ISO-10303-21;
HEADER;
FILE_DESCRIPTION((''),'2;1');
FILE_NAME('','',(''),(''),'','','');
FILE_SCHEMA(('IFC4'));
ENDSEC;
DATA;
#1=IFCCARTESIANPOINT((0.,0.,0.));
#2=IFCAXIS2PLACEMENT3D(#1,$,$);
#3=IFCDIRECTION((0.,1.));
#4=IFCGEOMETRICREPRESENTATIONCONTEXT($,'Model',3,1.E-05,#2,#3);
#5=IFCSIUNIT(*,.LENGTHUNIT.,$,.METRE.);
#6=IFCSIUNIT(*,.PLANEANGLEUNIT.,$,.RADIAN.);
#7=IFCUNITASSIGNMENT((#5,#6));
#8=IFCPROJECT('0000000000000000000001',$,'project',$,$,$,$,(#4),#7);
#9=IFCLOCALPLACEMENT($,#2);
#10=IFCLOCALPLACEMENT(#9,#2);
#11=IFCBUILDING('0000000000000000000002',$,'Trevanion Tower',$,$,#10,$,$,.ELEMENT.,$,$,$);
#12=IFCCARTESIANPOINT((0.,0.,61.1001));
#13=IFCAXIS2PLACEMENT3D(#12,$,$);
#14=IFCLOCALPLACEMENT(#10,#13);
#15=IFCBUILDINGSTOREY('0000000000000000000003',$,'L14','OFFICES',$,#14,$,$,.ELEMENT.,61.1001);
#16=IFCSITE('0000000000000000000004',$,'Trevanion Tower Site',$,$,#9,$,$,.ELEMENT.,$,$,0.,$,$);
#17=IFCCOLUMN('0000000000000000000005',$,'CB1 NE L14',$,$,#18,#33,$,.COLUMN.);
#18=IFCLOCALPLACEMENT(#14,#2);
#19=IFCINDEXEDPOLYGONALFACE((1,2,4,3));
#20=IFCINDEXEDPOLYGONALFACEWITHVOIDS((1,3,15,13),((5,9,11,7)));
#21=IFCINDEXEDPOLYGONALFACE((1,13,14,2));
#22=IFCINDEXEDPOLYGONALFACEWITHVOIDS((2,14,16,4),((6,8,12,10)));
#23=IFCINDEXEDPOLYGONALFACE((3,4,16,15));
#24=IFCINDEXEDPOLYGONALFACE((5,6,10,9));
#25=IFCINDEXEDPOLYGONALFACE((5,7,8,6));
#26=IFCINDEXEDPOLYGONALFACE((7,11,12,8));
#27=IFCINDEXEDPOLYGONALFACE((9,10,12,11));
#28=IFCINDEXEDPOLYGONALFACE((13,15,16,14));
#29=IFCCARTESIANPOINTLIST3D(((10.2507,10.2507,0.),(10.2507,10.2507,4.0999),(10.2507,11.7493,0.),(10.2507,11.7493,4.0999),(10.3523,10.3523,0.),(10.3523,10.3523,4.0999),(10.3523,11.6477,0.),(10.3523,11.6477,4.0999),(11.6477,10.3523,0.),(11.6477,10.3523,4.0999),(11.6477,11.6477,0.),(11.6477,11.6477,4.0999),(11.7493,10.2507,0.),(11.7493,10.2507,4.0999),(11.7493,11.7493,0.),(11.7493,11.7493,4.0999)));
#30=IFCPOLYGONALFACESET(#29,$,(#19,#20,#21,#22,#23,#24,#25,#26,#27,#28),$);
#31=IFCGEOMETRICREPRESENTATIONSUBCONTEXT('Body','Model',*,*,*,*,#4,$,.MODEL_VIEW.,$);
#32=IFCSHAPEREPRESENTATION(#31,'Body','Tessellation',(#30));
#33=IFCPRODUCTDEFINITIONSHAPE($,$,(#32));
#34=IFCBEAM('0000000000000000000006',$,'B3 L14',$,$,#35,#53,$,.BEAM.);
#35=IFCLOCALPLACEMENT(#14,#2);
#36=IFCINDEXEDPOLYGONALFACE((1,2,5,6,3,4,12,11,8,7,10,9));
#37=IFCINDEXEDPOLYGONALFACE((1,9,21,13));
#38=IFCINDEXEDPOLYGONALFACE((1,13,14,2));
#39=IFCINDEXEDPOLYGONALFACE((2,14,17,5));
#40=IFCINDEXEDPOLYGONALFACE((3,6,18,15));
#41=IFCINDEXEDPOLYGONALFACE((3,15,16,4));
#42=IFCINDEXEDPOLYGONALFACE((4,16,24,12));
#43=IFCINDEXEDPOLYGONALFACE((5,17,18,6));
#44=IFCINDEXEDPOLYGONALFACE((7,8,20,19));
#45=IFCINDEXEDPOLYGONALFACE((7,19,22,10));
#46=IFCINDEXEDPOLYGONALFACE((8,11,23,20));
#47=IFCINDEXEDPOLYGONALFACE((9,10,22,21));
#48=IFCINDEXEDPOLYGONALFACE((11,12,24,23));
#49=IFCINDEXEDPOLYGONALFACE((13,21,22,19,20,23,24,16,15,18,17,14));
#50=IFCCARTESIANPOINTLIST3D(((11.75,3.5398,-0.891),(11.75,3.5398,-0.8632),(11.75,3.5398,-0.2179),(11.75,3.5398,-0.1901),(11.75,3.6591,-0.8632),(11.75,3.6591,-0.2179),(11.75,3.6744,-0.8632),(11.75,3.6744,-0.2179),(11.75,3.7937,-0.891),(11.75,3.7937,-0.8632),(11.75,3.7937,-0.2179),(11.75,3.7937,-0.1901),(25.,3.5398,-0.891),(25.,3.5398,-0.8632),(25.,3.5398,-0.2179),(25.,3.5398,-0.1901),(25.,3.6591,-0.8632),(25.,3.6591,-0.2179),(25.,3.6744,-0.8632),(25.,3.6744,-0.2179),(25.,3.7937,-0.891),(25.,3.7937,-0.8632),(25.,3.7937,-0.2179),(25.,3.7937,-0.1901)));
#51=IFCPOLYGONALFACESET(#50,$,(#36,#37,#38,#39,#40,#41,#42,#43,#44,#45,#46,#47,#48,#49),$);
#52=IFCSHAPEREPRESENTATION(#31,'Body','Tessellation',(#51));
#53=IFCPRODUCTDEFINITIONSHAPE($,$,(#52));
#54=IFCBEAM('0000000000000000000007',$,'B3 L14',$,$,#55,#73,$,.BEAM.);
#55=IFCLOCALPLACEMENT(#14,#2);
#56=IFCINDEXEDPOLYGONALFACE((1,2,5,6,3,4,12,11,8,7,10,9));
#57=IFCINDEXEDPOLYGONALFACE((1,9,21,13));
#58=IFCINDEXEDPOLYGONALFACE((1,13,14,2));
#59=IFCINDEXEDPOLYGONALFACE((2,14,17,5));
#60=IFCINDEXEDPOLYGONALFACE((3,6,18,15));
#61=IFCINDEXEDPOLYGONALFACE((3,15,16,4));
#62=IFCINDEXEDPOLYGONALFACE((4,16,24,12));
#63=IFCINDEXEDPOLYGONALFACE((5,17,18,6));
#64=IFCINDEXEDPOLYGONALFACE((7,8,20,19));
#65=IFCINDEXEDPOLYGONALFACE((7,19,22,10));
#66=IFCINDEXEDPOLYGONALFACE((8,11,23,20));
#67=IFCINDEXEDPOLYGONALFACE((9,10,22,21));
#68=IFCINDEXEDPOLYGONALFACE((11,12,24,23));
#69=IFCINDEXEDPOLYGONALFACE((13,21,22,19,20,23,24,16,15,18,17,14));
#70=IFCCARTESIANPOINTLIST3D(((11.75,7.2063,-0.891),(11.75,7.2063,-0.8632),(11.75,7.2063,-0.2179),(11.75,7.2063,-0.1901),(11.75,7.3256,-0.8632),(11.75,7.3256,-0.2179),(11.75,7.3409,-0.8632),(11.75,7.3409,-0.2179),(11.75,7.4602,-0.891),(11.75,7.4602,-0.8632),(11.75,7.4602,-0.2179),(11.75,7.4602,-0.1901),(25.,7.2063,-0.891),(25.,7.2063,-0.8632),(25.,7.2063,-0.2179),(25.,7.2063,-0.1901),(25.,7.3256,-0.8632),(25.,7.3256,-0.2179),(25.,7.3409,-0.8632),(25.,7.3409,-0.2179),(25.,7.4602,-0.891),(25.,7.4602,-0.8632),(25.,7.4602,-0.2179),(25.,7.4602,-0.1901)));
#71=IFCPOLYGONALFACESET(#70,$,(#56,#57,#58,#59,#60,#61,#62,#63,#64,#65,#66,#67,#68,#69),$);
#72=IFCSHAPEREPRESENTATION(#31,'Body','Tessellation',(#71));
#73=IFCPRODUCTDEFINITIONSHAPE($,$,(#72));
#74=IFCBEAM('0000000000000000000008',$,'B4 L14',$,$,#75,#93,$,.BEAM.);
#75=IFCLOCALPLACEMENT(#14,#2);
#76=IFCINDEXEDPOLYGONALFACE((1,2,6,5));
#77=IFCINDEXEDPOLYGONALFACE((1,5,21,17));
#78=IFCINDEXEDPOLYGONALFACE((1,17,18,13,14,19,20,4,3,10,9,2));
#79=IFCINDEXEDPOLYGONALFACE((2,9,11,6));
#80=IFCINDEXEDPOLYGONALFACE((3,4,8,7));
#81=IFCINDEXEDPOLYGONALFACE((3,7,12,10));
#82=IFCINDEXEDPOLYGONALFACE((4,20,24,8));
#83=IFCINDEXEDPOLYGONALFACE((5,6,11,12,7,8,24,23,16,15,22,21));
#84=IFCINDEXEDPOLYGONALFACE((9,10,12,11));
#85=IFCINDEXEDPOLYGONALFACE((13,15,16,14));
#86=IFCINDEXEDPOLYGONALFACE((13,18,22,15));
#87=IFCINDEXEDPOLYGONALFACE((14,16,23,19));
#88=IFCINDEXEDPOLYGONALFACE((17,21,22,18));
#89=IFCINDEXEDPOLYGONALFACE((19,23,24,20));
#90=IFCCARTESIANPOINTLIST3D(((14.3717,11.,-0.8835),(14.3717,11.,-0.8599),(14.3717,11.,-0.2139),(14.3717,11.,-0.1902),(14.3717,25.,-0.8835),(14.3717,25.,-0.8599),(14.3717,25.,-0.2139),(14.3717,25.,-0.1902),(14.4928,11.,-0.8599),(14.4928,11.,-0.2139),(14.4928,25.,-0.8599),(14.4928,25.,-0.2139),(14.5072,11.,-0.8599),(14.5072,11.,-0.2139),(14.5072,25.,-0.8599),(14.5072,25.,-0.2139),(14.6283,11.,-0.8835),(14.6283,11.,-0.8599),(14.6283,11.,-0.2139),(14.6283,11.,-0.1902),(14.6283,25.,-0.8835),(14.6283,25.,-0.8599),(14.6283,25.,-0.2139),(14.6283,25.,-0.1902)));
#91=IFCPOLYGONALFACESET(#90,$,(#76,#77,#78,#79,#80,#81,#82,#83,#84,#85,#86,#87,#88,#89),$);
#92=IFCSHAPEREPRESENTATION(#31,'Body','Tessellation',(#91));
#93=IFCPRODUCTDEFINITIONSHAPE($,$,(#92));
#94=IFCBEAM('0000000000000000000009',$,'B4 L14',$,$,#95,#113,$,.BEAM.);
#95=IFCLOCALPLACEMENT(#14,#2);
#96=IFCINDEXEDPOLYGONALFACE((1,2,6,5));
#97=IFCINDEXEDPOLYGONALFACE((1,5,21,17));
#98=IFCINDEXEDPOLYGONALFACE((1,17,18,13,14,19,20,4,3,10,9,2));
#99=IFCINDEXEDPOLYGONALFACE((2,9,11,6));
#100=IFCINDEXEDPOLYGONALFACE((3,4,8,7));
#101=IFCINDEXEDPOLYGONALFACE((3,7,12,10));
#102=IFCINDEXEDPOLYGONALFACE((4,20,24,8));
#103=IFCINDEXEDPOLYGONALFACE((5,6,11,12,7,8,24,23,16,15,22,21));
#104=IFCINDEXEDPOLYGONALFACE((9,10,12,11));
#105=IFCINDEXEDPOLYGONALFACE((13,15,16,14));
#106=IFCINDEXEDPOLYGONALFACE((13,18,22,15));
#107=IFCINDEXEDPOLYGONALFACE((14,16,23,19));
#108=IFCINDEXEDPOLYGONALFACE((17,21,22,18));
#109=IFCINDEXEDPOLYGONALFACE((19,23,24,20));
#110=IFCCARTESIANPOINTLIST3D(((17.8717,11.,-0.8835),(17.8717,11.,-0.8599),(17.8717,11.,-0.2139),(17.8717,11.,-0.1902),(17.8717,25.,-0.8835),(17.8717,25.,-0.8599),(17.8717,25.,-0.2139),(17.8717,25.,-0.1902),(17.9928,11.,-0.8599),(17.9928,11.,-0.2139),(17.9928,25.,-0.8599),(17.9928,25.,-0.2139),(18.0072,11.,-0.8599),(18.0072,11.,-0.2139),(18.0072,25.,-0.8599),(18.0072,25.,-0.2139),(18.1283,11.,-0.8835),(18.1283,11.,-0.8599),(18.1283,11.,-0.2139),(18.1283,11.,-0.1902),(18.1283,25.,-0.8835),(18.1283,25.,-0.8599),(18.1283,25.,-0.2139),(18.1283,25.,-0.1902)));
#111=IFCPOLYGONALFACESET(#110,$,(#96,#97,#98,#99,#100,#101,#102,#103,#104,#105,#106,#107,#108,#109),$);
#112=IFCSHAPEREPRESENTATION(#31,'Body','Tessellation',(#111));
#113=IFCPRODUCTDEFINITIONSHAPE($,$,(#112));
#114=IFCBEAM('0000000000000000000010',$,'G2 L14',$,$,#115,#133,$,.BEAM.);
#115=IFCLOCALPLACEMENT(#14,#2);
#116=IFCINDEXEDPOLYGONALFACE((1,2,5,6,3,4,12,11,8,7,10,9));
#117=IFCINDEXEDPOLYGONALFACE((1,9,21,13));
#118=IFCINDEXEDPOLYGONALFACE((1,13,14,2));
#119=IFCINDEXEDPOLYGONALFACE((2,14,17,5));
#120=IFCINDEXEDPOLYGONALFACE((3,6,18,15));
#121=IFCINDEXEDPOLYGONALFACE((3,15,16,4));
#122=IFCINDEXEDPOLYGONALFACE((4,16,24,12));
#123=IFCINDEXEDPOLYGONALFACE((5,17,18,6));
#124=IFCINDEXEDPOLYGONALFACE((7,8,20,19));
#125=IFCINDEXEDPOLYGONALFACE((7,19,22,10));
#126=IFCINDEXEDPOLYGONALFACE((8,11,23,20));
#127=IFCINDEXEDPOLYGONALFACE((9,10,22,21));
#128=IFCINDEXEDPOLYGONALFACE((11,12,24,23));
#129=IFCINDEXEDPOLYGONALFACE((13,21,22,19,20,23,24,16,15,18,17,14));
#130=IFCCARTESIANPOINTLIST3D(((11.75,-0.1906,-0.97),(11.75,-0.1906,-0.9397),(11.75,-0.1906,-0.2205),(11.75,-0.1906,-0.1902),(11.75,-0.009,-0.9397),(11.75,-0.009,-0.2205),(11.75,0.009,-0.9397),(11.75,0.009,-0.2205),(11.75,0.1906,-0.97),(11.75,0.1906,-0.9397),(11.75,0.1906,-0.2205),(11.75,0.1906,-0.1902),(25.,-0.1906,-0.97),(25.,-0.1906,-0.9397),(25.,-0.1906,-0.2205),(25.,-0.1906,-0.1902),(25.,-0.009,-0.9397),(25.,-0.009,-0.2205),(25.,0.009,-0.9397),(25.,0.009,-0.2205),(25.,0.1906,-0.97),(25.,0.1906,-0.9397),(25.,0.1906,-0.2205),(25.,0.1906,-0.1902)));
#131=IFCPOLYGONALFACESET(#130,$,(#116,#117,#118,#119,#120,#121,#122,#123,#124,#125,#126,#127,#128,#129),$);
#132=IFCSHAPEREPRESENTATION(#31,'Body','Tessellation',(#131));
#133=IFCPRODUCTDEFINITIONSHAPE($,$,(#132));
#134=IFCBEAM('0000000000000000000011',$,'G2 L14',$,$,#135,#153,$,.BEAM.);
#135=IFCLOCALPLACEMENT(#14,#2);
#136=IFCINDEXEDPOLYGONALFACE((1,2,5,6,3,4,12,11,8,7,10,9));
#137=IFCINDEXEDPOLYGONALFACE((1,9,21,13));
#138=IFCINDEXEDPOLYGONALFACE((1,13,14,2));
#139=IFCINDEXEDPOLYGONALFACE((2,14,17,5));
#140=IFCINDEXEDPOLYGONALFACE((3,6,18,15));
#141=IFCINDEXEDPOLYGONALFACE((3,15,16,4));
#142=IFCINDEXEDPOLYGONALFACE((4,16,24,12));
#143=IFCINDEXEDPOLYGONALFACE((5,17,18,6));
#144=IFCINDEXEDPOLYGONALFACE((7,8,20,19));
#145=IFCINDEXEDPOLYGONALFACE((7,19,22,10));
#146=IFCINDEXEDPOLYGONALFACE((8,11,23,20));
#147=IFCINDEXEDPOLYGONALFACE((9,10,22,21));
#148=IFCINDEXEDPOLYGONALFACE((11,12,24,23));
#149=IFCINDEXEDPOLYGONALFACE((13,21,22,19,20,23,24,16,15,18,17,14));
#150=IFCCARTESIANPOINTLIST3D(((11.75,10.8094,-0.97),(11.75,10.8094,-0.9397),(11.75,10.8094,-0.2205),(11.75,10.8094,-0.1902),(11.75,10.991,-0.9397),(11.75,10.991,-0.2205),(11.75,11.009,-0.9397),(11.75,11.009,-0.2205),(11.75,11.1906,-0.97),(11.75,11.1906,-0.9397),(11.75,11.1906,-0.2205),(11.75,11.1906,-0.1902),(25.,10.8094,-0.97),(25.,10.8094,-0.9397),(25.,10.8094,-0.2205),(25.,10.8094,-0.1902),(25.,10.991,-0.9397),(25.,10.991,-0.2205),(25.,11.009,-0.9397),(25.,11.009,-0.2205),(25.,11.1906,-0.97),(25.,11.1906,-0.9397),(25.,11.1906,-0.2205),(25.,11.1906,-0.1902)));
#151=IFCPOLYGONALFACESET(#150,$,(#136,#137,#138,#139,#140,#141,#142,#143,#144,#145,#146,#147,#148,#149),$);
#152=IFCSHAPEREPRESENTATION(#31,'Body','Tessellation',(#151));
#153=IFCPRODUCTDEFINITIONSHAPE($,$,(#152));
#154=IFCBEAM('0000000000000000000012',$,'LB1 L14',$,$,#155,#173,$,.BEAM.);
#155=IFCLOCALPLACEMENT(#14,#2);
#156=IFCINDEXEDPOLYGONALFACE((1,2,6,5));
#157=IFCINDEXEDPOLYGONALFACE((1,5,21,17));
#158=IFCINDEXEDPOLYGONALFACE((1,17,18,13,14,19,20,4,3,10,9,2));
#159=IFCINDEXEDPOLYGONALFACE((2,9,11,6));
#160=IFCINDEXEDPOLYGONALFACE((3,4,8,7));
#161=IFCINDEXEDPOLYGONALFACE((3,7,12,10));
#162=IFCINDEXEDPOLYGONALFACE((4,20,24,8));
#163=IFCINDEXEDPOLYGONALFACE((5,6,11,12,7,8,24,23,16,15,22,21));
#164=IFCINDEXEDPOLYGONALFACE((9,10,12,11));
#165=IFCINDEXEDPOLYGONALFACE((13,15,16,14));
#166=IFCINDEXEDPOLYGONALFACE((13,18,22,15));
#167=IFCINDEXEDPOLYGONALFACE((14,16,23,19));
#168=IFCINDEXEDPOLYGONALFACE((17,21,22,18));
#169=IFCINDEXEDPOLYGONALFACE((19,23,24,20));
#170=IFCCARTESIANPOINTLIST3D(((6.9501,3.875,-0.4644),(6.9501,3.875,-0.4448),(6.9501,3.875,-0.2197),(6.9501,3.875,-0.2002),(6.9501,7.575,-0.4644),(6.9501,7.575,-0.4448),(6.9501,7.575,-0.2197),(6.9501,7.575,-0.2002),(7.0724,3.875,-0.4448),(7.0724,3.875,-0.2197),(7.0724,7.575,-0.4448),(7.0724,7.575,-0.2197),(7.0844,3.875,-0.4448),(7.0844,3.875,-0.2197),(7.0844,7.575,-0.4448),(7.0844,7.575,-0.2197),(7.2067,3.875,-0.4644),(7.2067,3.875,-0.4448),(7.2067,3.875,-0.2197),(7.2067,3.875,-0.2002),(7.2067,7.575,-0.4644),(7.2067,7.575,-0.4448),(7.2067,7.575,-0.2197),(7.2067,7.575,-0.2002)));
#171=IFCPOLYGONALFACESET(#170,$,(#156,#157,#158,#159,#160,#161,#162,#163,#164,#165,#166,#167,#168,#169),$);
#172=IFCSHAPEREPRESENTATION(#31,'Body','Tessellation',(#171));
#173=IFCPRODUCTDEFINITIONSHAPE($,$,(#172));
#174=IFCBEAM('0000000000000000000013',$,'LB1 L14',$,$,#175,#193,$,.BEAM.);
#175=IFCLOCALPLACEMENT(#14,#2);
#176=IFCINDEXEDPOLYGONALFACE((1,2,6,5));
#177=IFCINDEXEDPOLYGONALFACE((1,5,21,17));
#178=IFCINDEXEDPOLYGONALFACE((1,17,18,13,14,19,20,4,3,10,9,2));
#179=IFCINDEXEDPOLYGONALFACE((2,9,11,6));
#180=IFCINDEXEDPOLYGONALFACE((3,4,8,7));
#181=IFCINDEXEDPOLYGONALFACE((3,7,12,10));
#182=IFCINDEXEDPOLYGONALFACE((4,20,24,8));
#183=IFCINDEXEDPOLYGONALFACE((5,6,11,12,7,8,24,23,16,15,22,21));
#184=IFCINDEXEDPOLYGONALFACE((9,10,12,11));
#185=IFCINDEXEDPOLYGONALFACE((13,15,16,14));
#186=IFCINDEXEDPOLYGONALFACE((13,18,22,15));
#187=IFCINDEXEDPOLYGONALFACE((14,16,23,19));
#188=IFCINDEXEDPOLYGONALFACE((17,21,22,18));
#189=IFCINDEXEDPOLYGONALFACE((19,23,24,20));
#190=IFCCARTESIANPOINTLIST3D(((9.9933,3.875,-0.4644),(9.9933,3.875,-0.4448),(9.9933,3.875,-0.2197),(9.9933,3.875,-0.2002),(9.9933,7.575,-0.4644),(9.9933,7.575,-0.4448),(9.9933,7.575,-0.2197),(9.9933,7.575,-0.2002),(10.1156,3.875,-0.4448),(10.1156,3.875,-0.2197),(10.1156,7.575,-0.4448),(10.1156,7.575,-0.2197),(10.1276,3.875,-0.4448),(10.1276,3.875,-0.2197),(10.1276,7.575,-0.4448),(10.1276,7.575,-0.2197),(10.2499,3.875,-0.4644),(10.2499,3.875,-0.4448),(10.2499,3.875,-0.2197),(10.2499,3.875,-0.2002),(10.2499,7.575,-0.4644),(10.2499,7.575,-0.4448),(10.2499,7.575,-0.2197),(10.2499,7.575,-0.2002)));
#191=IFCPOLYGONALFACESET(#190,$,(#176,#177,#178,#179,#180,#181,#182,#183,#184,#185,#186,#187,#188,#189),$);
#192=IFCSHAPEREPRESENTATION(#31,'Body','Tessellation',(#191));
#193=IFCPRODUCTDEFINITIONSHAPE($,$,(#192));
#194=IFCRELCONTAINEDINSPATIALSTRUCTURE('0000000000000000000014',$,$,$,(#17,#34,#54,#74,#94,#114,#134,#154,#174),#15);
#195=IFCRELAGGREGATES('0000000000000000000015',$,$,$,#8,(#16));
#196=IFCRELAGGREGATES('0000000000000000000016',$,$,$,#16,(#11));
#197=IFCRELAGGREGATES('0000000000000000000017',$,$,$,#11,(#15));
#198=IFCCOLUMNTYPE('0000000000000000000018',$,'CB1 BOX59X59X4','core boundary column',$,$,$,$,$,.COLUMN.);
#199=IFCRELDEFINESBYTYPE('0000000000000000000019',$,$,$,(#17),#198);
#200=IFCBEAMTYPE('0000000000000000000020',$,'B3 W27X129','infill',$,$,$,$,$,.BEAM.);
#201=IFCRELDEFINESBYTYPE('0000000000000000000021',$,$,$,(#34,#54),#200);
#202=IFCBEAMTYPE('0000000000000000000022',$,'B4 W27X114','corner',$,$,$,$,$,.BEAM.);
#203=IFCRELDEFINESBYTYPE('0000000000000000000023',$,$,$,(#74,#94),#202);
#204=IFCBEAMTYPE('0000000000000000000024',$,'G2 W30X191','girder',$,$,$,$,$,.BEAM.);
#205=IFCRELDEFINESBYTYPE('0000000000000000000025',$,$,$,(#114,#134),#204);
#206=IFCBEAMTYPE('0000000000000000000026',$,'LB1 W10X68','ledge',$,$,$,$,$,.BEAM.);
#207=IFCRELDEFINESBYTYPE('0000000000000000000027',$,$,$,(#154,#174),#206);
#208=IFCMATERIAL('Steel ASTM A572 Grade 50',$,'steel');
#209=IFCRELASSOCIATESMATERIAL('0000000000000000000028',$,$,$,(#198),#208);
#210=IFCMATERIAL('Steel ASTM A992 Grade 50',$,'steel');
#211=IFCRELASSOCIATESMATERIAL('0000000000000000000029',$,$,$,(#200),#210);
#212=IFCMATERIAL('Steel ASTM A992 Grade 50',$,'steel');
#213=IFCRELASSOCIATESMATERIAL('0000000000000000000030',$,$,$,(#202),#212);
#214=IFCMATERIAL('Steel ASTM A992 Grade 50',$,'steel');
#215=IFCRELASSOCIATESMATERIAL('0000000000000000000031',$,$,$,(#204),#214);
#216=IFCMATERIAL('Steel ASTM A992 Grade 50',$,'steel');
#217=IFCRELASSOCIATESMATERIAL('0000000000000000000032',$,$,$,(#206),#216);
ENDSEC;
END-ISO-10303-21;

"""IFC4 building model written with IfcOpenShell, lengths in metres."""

from ifc_helpers import new_model, si_unit, direction, frame, origin, origin_2d, place, context, subcontext, project, spatial, hollow_rectangle, i_section, extrude, material, material_profile, profile_set, type_object, element, save


model = new_model("IFC4")

# Units and contexts
model_context = context("Model", 3, precision=1e-05, world=origin(), true_north=direction((0.0, 1.0)))
body_context = subcontext(model_context, "Body", "Model", "MODEL_VIEW")
ifc_project = project(units=[si_unit("LENGTHUNIT", "METRE"), si_unit("PLANEANGLEUNIT", "RADIAN")], contexts=[model_context])

# Site, building, storey
site_placement = place(None, origin())
site = spatial("IfcSite", under=ifc_project, at=site_placement, Name="Trevanion Tower Site", CompositionType="ELEMENT", RefElevation=0.0)
building_placement = place(site_placement, origin())
building = spatial("IfcBuilding", under=site, at=building_placement, Name="Trevanion Tower", CompositionType="ELEMENT")
storey_placement = place(building_placement, frame((0.0, 0.0, 61.1001)))
storey = spatial("IfcBuildingStorey", under=building, at=storey_placement, Name="L14", Description="OFFICES", CompositionType="ELEMENT", Elevation=61.1001)

# Column
ifc_material_1 = material(Name="Steel ASTM A572 Grade 50", Category="steel")
ifc_material_profile_1 = material_profile(ifc_material_1, hollow_rectangle(XDim=1.4985, YDim=1.4985, WallThickness=0.1016, at=origin_2d()), Name="BOX59X59X4")
ifc_profile_set_1 = profile_set([ifc_material_profile_1], Name="Steel ASTM A572 Grade 50")
column_type = type_object("IfcColumnType", Name="CB1 BOX59X59X4", Description="core boundary column", PredefinedType="COLUMN", material=ifc_profile_set_1)
column_placement = place(storey_placement, frame((11.0, 11.0, 0.0), z_axis=(0.0, 0.0, 1.0), x_axis=(1.0, 0.0, 0.0)))
element("IfcColumn", 1, at=column_placement, inside=storey, type_object=column_type, Name="CB1 NE L14", PredefinedType="COLUMN", context=body_context, shape_type="SweptSolid", body=[
    extrude(hollow_rectangle(XDim=1.4985, YDim=1.4985, WallThickness=0.1016, at=origin_2d()), origin(), (0.0, 0.0, 1.0), 4.0999),
])

# Beams
ifc_material_2 = material(Name="Steel ASTM A992 Grade 50", Category="steel")
ifc_material_profile_2 = material_profile(ifc_material_2, i_section(OverallWidth=0.2539, OverallDepth=0.7009, WebThickness=0.0154, FlangeThickness=0.0278, at=origin_2d()), Name="W27X129")
ifc_profile_set_2 = profile_set([ifc_material_profile_2], Name="Steel ASTM A992 Grade 50")
beam_type_1 = type_object("IfcBeamType", Name="B3 W27X129", Description="infill", PredefinedType="BEAM", material=ifc_profile_set_2)
for number, where, z_axis, x_axis, name in (
    (2, (11.75, 3.6667, -0.5405), (1.0, 0.0, 0.0), (0.0, 1.0, 0.0), "B3 L14"),
    (3, (11.75, 7.3333, -0.5405), (1.0, 0.0, 0.0), (0.0, 1.0, 0.0), "B3 L14"),
):
    element("IfcBeam", number, at=place(storey_placement, frame(where, z_axis=z_axis, x_axis=x_axis)), inside=storey, type_object=beam_type_1, Name=name, PredefinedType="BEAM", context=body_context, shape_type="SweptSolid", body=[
        extrude(i_section(OverallWidth=0.2539, OverallDepth=0.7009, WebThickness=0.0154, FlangeThickness=0.0278, at=origin_2d()), origin(), (0.0, 0.0, 1.0), 13.25),
    ])
ifc_material_3 = material(Name="Steel ASTM A992 Grade 50", Category="steel")
ifc_material_profile_3 = material_profile(ifc_material_3, i_section(OverallWidth=0.2566, OverallDepth=0.6934, WebThickness=0.0144, FlangeThickness=0.0237, at=origin_2d()), Name="W27X114")
ifc_profile_set_3 = profile_set([ifc_material_profile_3], Name="Steel ASTM A992 Grade 50")
beam_type_2 = type_object("IfcBeamType", Name="B4 W27X114", Description="corner", PredefinedType="BEAM", material=ifc_profile_set_3)
for number, where, z_axis, x_axis, name in (
    (4, (14.5, 11.0, -0.5369), (0.0, 1.0, 0.0), (-1.0, 0.0, 0.0), "B4 L14"),
    (5, (18.0, 11.0, -0.5369), (0.0, 1.0, 0.0), (-1.0, 0.0, 0.0), "B4 L14"),
):
    element("IfcBeam", number, at=place(storey_placement, frame(where, z_axis=z_axis, x_axis=x_axis)), inside=storey, type_object=beam_type_2, Name=name, PredefinedType="BEAM", context=body_context, shape_type="SweptSolid", body=[
        extrude(i_section(OverallWidth=0.2566, OverallDepth=0.6934, WebThickness=0.0144, FlangeThickness=0.0237, at=origin_2d()), origin(), (0.0, 0.0, 1.0), 14.0),
    ])
ifc_material_4 = material(Name="Steel ASTM A992 Grade 50", Category="steel")
ifc_material_profile_4 = material_profile(ifc_material_4, i_section(OverallWidth=0.3811, OverallDepth=0.7798, WebThickness=0.0181, FlangeThickness=0.0303, at=origin_2d()), Name="W30X191")
ifc_profile_set_4 = profile_set([ifc_material_profile_4], Name="Steel ASTM A992 Grade 50")
beam_type_3 = type_object("IfcBeamType", Name="G2 W30X191", Description="girder", PredefinedType="BEAM", material=ifc_profile_set_4)
for number, where, z_axis, x_axis, name in (
    (6, (11.75, 0.0, -0.5801), (1.0, 0.0, 0.0), (0.0, 1.0, 0.0), "G2 L14"),
    (7, (11.75, 11.0, -0.5801), (1.0, 0.0, 0.0), (0.0, 1.0, 0.0), "G2 L14"),
):
    element("IfcBeam", number, at=place(storey_placement, frame(where, z_axis=z_axis, x_axis=x_axis)), inside=storey, type_object=beam_type_3, Name=name, PredefinedType="BEAM", context=body_context, shape_type="SweptSolid", body=[
        extrude(i_section(OverallWidth=0.3811, OverallDepth=0.7798, WebThickness=0.0181, FlangeThickness=0.0303, at=origin_2d()), origin(), (0.0, 0.0, 1.0), 13.25),
    ])
ifc_material_5 = material(Name="Steel ASTM A992 Grade 50", Category="steel")
ifc_material_profile_5 = material_profile(ifc_material_5, i_section(OverallWidth=0.2566, OverallDepth=0.2642, WebThickness=0.012, FlangeThickness=0.0195, at=origin_2d()), Name="W10X68")
ifc_profile_set_5 = profile_set([ifc_material_profile_5], Name="Steel ASTM A992 Grade 50")
beam_type_4 = type_object("IfcBeamType", Name="LB1 W10X68", Description="ledge", PredefinedType="BEAM", material=ifc_profile_set_5)
for number, where, z_axis, x_axis, name in (
    (8, (7.0784, 3.875, -0.3323), (0.0, 1.0, 0.0), (-1.0, 0.0, 0.0), "LB1 L14"),
    (9, (10.1216, 3.875, -0.3323), (0.0, 1.0, 0.0), (-1.0, 0.0, 0.0), "LB1 L14"),
):
    element("IfcBeam", number, at=place(storey_placement, frame(where, z_axis=z_axis, x_axis=x_axis)), inside=storey, type_object=beam_type_4, Name=name, PredefinedType="BEAM", context=body_context, shape_type="SweptSolid", body=[
        extrude(i_section(OverallWidth=0.2566, OverallDepth=0.2642, WebThickness=0.012, FlangeThickness=0.0195, at=origin_2d()), origin(), (0.0, 0.0, 1.0), 3.7),
    ])

save(model, "model.ifc")
